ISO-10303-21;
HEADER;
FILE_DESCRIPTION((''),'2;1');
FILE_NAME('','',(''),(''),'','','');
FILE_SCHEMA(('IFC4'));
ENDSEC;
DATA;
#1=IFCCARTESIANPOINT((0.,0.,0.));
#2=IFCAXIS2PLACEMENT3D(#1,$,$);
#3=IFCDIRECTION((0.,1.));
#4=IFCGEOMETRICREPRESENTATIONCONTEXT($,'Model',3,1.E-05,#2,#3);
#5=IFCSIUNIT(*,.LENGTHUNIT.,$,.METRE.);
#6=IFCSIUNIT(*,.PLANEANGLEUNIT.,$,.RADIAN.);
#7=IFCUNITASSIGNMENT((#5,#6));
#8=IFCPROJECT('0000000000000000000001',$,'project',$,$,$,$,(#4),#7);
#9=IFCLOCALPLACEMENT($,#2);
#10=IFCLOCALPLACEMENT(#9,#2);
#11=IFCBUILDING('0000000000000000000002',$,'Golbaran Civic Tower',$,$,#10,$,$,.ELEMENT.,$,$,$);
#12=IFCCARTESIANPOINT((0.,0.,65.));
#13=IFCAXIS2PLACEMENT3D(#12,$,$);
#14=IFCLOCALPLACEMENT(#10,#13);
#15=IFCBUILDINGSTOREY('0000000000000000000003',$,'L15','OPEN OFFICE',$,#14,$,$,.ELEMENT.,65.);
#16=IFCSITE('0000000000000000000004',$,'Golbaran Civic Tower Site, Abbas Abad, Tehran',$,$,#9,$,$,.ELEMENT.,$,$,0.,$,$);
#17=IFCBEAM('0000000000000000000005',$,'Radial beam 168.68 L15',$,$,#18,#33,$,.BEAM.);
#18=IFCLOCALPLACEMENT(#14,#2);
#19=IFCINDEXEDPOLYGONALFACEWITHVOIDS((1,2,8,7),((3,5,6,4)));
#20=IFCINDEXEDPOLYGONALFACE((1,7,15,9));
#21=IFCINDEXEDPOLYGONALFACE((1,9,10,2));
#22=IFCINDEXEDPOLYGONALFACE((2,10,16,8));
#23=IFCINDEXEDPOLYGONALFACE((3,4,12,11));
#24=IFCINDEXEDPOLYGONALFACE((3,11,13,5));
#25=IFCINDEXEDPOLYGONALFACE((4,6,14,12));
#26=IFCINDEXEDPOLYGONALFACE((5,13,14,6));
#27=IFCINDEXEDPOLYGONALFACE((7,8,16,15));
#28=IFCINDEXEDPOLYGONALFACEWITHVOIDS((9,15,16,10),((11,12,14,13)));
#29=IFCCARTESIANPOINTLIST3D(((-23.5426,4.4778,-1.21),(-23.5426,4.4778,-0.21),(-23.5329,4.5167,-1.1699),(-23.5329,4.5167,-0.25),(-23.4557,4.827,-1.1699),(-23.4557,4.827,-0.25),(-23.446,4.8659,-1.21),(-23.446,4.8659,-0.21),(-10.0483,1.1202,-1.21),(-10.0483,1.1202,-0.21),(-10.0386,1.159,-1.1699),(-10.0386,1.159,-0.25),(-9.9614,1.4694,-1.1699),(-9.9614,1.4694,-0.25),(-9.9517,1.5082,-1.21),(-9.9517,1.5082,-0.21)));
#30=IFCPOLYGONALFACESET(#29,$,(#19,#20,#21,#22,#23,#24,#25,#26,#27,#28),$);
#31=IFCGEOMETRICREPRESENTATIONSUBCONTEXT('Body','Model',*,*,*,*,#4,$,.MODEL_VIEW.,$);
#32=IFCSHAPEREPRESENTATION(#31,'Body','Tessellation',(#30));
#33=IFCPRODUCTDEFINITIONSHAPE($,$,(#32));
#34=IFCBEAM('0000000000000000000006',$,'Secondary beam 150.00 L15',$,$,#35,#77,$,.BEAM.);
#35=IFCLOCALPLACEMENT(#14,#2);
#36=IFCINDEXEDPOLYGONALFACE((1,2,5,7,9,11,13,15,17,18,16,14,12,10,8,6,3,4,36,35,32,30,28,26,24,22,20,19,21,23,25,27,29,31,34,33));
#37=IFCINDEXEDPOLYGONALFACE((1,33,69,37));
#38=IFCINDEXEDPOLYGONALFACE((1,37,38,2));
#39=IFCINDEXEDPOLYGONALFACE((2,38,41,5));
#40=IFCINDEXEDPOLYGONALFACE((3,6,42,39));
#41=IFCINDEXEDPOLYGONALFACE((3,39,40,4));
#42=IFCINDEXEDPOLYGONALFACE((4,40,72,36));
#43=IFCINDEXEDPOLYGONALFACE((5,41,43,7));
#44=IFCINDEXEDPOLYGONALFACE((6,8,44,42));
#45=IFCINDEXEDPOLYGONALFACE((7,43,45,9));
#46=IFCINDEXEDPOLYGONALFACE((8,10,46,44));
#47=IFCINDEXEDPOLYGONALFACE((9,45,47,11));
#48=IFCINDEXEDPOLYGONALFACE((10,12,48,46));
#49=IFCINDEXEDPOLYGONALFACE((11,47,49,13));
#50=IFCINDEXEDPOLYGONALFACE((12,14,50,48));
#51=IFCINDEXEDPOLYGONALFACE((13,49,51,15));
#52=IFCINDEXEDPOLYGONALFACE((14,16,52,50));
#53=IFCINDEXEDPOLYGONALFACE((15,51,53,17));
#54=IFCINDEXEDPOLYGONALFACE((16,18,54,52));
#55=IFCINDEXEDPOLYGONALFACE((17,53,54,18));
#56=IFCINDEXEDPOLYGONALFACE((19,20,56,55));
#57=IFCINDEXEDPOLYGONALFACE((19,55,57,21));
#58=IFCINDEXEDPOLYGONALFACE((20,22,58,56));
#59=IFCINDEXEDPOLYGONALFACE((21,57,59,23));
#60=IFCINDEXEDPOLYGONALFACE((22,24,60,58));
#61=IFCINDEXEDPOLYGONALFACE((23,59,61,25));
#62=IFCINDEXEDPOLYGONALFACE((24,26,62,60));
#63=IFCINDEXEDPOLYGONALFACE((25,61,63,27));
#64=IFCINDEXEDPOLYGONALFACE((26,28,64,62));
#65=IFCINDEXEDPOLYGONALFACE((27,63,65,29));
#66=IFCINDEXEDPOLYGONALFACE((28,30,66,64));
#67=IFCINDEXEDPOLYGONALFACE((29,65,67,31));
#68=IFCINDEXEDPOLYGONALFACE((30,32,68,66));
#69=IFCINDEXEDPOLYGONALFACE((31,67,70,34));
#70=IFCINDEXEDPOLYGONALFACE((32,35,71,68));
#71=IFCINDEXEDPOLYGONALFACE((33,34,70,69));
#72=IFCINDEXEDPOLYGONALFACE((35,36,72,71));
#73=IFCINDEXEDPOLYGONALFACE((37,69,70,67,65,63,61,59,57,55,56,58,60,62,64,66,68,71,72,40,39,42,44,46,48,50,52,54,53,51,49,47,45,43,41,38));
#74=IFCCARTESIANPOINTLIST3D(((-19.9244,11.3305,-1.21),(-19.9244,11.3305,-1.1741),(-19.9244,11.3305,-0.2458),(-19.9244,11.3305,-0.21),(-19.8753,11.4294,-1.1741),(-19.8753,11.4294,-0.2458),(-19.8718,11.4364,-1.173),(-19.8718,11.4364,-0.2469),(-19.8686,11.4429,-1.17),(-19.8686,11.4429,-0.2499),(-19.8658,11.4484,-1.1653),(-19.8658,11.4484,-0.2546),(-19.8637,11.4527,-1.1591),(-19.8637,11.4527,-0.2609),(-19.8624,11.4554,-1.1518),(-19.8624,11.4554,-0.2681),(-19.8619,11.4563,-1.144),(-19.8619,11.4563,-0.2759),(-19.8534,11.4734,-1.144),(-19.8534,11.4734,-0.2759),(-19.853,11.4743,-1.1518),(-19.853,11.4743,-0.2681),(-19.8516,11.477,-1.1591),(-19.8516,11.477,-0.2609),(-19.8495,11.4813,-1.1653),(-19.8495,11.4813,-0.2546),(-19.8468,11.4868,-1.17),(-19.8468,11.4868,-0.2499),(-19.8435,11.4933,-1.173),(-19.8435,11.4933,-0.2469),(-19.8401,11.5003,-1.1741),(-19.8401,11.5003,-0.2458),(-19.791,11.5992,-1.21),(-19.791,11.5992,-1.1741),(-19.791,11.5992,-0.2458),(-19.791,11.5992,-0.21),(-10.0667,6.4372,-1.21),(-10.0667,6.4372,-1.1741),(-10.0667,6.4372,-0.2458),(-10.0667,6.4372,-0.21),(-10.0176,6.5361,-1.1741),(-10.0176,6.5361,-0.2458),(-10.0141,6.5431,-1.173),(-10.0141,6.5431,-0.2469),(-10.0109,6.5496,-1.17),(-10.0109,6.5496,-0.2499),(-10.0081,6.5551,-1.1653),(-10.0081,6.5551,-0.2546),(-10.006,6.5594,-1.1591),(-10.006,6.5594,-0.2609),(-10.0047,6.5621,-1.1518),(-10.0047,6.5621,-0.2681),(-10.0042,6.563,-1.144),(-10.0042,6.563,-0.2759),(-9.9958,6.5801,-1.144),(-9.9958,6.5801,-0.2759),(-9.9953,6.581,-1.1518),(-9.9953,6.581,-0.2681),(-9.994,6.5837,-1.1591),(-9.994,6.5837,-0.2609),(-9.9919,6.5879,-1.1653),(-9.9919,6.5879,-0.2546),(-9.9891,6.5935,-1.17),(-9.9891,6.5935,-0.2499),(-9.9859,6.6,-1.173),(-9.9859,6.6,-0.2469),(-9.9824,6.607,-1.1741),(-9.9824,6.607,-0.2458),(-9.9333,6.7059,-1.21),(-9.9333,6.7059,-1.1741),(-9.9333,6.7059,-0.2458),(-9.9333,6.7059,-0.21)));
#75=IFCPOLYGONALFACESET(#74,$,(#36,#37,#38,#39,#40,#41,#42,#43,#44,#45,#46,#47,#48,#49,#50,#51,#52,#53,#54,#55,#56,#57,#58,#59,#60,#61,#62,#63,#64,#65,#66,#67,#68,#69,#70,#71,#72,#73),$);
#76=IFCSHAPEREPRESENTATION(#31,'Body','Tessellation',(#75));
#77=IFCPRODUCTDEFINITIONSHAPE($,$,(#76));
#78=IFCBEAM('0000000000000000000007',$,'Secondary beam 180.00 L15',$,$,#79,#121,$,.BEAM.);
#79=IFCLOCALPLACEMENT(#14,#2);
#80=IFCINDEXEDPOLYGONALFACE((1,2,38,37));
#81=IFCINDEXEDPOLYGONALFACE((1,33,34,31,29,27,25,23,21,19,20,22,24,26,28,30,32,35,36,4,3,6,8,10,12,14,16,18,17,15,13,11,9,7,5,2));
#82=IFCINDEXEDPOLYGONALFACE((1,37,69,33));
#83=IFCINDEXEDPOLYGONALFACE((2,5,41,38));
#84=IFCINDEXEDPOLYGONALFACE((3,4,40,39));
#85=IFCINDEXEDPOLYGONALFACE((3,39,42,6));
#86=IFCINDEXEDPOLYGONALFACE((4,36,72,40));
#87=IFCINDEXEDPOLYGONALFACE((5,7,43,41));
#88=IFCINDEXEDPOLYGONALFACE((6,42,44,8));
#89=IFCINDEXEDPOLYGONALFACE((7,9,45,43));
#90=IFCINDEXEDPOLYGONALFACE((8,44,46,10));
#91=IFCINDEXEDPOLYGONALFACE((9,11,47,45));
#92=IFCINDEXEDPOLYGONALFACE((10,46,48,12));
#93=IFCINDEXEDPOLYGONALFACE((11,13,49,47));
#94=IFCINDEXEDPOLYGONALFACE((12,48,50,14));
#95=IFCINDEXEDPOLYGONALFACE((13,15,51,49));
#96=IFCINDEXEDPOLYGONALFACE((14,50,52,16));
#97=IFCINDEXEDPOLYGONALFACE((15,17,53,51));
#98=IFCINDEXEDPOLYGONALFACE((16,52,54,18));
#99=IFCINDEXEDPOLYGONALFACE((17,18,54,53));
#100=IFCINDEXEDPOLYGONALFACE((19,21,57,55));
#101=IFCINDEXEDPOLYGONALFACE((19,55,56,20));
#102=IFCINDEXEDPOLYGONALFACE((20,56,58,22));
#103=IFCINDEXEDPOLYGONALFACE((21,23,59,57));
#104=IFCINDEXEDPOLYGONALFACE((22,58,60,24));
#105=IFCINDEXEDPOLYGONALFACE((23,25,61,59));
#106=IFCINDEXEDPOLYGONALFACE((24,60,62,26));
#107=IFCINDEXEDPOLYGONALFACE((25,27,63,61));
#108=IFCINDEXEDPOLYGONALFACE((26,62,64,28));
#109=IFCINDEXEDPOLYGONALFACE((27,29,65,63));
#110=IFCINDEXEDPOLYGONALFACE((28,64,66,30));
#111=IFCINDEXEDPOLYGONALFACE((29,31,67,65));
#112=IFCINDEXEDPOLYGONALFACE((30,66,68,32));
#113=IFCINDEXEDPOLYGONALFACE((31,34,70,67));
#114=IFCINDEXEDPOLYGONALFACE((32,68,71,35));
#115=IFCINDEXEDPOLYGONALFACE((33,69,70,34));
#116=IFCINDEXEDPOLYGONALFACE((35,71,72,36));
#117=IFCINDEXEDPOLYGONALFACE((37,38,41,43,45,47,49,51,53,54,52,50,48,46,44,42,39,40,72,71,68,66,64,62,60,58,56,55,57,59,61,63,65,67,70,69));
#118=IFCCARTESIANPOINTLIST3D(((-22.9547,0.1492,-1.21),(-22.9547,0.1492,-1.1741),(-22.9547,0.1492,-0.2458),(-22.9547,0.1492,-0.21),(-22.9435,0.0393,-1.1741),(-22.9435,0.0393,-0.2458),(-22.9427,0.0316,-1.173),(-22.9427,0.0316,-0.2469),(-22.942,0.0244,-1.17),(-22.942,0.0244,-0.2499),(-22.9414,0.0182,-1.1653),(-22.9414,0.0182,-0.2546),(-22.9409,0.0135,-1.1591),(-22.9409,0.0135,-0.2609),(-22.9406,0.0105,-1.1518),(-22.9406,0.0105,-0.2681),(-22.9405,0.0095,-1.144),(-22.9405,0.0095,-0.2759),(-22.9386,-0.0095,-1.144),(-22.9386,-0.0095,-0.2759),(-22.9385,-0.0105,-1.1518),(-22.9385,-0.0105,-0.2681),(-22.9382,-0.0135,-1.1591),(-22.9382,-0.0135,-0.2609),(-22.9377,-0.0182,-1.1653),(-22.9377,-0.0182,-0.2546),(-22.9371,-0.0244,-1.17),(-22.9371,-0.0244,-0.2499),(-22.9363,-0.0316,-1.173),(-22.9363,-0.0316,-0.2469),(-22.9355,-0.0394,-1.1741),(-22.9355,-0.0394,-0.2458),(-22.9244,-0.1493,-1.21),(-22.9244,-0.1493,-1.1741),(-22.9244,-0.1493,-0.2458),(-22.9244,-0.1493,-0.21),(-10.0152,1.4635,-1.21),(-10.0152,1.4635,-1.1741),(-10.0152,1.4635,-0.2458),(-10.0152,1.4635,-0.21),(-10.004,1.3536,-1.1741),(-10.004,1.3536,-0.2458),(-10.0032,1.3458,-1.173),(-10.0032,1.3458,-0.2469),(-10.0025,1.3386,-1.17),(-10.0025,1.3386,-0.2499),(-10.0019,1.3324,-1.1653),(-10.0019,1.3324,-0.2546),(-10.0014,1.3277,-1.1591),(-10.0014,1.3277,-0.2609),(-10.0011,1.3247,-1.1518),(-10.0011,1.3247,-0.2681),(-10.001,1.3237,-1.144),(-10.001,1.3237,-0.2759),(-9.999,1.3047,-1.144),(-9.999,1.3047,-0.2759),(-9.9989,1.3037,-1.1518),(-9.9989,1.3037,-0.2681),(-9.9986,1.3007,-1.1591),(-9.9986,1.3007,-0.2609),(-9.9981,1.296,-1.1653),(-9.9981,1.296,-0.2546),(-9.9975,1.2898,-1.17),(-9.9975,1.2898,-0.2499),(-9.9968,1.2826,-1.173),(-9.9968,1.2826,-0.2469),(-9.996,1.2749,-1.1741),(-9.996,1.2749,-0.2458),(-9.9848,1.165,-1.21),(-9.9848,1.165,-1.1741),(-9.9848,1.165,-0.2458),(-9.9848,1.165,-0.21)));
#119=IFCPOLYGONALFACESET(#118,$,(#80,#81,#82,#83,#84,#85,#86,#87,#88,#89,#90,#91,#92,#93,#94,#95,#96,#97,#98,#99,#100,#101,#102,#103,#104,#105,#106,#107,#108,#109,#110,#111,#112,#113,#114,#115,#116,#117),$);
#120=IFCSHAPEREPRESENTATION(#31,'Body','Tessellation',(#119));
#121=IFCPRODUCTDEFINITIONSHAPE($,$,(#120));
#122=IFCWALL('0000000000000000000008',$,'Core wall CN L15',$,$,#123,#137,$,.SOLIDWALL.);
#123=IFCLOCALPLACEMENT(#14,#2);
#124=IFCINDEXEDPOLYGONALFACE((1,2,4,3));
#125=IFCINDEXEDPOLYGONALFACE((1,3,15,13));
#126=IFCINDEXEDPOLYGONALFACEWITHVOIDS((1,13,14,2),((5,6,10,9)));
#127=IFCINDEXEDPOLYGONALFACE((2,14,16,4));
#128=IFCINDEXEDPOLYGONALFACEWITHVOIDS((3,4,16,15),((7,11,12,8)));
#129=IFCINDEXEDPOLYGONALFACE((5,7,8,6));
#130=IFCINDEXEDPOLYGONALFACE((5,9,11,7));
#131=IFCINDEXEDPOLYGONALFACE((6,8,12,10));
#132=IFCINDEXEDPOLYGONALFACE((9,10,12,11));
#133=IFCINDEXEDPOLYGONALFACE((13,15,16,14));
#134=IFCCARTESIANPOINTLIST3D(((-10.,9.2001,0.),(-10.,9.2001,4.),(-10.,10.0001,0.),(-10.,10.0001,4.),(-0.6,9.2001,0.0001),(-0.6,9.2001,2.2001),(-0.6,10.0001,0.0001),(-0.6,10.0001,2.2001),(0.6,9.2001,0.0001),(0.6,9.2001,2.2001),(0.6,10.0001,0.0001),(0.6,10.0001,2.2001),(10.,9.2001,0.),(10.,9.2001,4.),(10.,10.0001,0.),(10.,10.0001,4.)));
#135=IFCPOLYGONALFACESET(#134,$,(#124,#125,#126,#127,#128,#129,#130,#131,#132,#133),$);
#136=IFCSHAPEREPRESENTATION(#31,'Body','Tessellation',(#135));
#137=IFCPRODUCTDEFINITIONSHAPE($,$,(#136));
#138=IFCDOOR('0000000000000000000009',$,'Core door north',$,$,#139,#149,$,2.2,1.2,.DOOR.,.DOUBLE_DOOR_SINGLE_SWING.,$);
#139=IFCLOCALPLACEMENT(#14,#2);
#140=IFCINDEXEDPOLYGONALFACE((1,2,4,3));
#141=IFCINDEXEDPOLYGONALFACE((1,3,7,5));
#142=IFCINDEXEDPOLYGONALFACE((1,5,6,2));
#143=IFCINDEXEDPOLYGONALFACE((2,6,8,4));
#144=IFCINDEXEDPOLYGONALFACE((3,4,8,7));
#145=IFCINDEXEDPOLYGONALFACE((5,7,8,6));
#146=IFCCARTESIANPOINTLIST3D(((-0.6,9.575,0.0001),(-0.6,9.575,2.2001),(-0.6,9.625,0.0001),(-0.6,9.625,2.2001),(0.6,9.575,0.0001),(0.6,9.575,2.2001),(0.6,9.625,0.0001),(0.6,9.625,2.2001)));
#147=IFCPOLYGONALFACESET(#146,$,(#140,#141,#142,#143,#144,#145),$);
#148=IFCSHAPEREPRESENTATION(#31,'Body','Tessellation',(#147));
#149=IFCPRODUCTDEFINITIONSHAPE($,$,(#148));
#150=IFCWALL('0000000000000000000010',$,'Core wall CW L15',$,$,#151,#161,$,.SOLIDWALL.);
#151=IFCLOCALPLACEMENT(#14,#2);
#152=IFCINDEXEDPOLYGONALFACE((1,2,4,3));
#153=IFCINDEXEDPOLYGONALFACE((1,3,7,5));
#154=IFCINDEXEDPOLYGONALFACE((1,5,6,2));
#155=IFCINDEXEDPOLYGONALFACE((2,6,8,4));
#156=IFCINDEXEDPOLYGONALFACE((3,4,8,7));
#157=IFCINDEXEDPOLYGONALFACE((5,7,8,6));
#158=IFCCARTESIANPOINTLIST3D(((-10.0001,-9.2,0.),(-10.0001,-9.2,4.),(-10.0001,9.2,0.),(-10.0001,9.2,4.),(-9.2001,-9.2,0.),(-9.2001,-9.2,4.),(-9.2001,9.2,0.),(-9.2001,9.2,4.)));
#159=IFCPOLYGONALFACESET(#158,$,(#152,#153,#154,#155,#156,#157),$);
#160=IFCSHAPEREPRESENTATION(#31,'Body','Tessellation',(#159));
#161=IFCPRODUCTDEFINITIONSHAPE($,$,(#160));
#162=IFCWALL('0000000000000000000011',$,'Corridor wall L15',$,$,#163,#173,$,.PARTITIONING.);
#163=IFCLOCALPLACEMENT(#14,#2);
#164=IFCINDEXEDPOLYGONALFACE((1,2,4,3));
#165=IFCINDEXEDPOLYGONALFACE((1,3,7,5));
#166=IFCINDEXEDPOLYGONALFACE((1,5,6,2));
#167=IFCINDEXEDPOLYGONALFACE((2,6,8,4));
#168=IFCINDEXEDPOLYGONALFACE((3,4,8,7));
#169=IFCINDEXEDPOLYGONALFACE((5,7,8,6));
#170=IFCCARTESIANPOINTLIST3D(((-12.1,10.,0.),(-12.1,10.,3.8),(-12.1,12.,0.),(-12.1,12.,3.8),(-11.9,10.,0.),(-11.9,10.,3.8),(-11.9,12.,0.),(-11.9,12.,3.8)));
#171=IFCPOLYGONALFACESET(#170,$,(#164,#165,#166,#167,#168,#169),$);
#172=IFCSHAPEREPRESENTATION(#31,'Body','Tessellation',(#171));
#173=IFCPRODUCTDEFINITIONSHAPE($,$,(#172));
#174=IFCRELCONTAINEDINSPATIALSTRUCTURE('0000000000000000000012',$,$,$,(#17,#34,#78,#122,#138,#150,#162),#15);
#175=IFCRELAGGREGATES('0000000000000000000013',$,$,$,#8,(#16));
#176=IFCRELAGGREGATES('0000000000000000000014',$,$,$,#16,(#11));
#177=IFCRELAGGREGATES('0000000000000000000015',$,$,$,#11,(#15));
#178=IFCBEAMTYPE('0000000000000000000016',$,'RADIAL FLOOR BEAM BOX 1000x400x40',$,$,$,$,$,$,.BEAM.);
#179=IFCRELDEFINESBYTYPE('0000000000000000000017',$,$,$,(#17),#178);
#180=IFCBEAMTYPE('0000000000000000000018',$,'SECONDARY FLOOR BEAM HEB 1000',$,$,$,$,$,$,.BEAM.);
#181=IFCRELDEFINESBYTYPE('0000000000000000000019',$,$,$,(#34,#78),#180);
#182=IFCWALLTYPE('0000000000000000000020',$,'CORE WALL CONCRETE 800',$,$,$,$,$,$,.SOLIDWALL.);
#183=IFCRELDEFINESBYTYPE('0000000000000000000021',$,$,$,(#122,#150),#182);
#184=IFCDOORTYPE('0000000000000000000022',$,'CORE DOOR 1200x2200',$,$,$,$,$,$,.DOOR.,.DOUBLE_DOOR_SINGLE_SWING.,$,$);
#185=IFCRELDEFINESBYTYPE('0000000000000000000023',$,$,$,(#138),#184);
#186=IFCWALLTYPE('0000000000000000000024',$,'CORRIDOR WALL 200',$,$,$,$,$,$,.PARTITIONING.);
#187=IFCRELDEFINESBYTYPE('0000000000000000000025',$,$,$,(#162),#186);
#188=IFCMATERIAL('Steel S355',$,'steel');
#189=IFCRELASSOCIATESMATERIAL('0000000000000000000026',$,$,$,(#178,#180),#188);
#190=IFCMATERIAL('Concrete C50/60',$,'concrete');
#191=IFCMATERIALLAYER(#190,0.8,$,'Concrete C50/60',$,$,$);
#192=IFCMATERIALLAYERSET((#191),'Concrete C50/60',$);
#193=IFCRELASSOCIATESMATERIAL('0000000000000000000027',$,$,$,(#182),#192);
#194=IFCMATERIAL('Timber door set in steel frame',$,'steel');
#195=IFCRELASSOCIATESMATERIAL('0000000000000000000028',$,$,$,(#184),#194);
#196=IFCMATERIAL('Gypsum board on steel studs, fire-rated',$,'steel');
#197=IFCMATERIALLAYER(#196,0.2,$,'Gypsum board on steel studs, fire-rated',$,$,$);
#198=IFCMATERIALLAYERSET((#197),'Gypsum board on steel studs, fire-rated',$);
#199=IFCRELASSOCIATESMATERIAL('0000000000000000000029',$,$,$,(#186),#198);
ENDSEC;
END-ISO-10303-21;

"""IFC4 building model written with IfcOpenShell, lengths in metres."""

from ifc_helpers import new_model, si_unit, direction, frame, frame_2d, origin, origin_2d, place, context, subcontext, project, spatial, rectangle, hollow_rectangle, i_section, extrude, material, layer, layer_set, material_profile, profile_set, type_object, element, fill, save


model = new_model("IFC4")

# Units and contexts
model_context = context("Model", 3, precision=1e-05, world=origin(), true_north=direction((0.0, 1.0)))
body_context = subcontext(model_context, "Body", "Model", "MODEL_VIEW")
ifc_project = project(units=[si_unit("LENGTHUNIT", "METRE"), si_unit("PLANEANGLEUNIT", "RADIAN")], contexts=[model_context])

# Site, building, storey
site_placement = place(None, origin())
site = spatial("IfcSite", under=ifc_project, at=site_placement, Name="Golbaran Civic Tower Site, Abbas Abad, Tehran", CompositionType="ELEMENT", RefElevation=0.0)
building_placement = place(site_placement, origin())
building = spatial("IfcBuilding", under=site, at=building_placement, Name="Golbaran Civic Tower", CompositionType="ELEMENT")
storey_placement = place(building_placement, frame((0.0, 0.0, 65.0)))
storey = spatial("IfcBuildingStorey", under=building, at=storey_placement, Name="L15", Description="OPEN OFFICE", CompositionType="ELEMENT", Elevation=65.0)

# Beams
ifc_material_1 = material(Name="Steel S355", Category="steel")
ifc_material_profile_1 = material_profile(ifc_material_1, hollow_rectangle(XDim=0.3999, YDim=1.0, WallThickness=0.04, at=origin_2d()), Name="BOX 1000x400x40")
ifc_profile_set_1 = profile_set([ifc_material_profile_1], Name="Steel S355")
beam_type_1 = type_object("IfcBeamType", Name="RADIAL FLOOR BEAM BOX 1000x400x40", PredefinedType="BEAM", material=ifc_profile_set_1)
beam_1_placement = place(storey_placement, frame((-10.0, 1.3142, -0.71), z_axis=(-0.970411, 0.241457, 0.0), x_axis=(-0.241457, -0.970411, 0.0)))
element("IfcBeam", 1, at=beam_1_placement, inside=storey, type_object=beam_type_1, Name="Radial beam 168.68 L15", PredefinedType="BEAM", context=body_context, shape_type="SweptSolid", body=[
    extrude(hollow_rectangle(XDim=0.3999, YDim=1.0, WallThickness=0.04, at=origin_2d()), origin(), (0.0, 0.0, 1.0), 13.9058),
])
ifc_material_profile_2 = material_profile(ifc_material_1, i_section(OverallWidth=0.3, OverallDepth=1.0, WebThickness=0.019, FlangeThickness=0.0359, FilletRadius=0.03, at=origin_2d()), Name="HEB 1000")
ifc_profile_set_2 = profile_set([ifc_material_profile_2], Name="Steel S355")
beam_type_2 = type_object("IfcBeamType", Name="SECONDARY FLOOR BEAM HEB 1000", PredefinedType="BEAM", material=ifc_profile_set_2)
beam_2_placement = place(storey_placement, frame((-10.0, 6.5715, -0.71), z_axis=(-0.895715, 0.44463, 0.0), x_axis=(-0.44463, -0.895715, 0.0)))
element("IfcBeam", 2, at=beam_2_placement, inside=storey, type_object=beam_type_2, Name="Secondary beam 150.00 L15", PredefinedType="BEAM", context=body_context, shape_type="SweptSolid", body=[
    extrude(i_section(OverallWidth=0.3, OverallDepth=1.0, WebThickness=0.019, FlangeThickness=0.0359, FilletRadius=0.03, at=origin_2d()), origin(), (0.0, 0.0, 1.0), 11.0054),
])
beam_3_placement = place(storey_placement, frame((-10.0, 1.3142, -0.71), z_axis=(-0.994882, -0.101046, 0.0), x_axis=(0.101046, -0.994882, 0.0)))
element("IfcBeam", 3, at=beam_3_placement, inside=storey, type_object=beam_type_2, Name="Secondary beam 180.00 L15", PredefinedType="BEAM", context=body_context, shape_type="SweptSolid", body=[
    extrude(i_section(OverallWidth=0.3, OverallDepth=1.0, WebThickness=0.019, FlangeThickness=0.0359, FilletRadius=0.03, at=origin_2d()), origin(), (0.0, 0.0, 1.0), 13.0061),
])

# Wall, opening, door
ifc_material_2 = material(Name="Concrete C50/60", Category="concrete")
ifc_layer_1 = layer(ifc_material_2, 0.8, Name="Concrete C50/60")
ifc_layer_set_1 = layer_set([ifc_layer_1], Name="Concrete C50/60")
wall_type_1 = type_object("IfcWallType", Name="CORE WALL CONCRETE 800", PredefinedType="SOLIDWALL", material=ifc_layer_set_1)
wall_1_placement = place(storey_placement, frame((-10.0, 9.6001, 0.0), z_axis=(0.0, 0.0, 1.0), x_axis=(1.0, 0.0, 0.0)))
wall_1 = element("IfcWall", 4, at=wall_1_placement, inside=storey, type_object=wall_type_1, Name="Core wall CN L15", PredefinedType="SOLIDWALL", context=body_context, shape_type="SweptSolid", body=[
    extrude(rectangle(XDim=20.0, YDim=0.8, at=frame_2d((10.0, 0.0))), origin(), (0.0, 0.0, 1.0), 4.0),
])
opening_1_placement = place(wall_1_placement, frame((9.3999, 0.0, 0.0)))
opening_1 = element("IfcOpeningElement", 5, at=opening_1_placement, cuts=wall_1, PredefinedType="OPENING", context=body_context, shape_type="SweptSolid", body=[
    extrude(rectangle(XDim=1.2, YDim=2.2, at=frame_2d((0.6001, 1.1001))), frame((0.0, 0.4099, 0.0), z_axis=(0.0, -1.0, 0.0), x_axis=(1.0, 0.0, 0.0)), (0.0, 0.0, 1.0), 0.8201),
])
ifc_material_3 = material(Name="Timber door set in steel frame", Category="steel")
door_type_1 = type_object("IfcDoorType", Name="CORE DOOR 1200x2200", OperationType="DOUBLE_DOOR_SINGLE_SWING", PredefinedType="DOOR", material=ifc_material_3)
door_1_placement = place(opening_1_placement, origin())
door_1 = element("IfcDoor", 6, at=door_1_placement, inside=storey, type_object=door_type_1, Name="Core door north", OperationType="DOUBLE_DOOR_SINGLE_SWING", OverallHeight=2.2, OverallWidth=1.2, PredefinedType="DOOR", context=body_context, shape_type="SweptSolid", body=[
    extrude(rectangle(XDim=1.2, YDim=2.2, at=frame_2d((0.6001, 1.1001))), frame((0.0, 0.0249, 0.0), z_axis=(0.0, -1.0, 0.0), x_axis=(1.0, 0.0, 0.0)), (0.0, 0.0, 1.0), 0.05),
])
fill(opening_1, door_1)

# Walls
wall_2_placement = place(storey_placement, frame((-9.6001, 9.2, 0.0), z_axis=(0.0, 0.0, 1.0), x_axis=(0.0, -1.0, 0.0)))
element("IfcWall", 7, at=wall_2_placement, inside=storey, type_object=wall_type_1, Name="Core wall CW L15", PredefinedType="SOLIDWALL", context=body_context, shape_type="SweptSolid", body=[
    extrude(rectangle(XDim=18.3999, YDim=0.8, at=frame_2d((9.2, 0.0))), origin(), (0.0, 0.0, 1.0), 4.0),
])
ifc_material_4 = material(Name="Gypsum board on steel studs, fire-rated", Category="steel")
ifc_layer_2 = layer(ifc_material_4, 0.2, Name="Gypsum board on steel studs, fire-rated")
ifc_layer_set_2 = layer_set([ifc_layer_2], Name="Gypsum board on steel studs, fire-rated")
wall_type_2 = type_object("IfcWallType", Name="CORRIDOR WALL 200", PredefinedType="PARTITIONING", material=ifc_layer_set_2)
wall_3_placement = place(storey_placement, frame((-12.0, 12.0, 0.0), z_axis=(0.0, 0.0, 1.0), x_axis=(0.0, -1.0, 0.0)))
element("IfcWall", 8, at=wall_3_placement, inside=storey, type_object=wall_type_2, Name="Corridor wall L15", PredefinedType="PARTITIONING", context=body_context, shape_type="SweptSolid", body=[
    extrude(rectangle(XDim=2.0, YDim=0.2, at=frame_2d((1.0, 0.0))), origin(), (0.0, 0.0, 1.0), 3.8),
])

save(model, "model.ifc")
